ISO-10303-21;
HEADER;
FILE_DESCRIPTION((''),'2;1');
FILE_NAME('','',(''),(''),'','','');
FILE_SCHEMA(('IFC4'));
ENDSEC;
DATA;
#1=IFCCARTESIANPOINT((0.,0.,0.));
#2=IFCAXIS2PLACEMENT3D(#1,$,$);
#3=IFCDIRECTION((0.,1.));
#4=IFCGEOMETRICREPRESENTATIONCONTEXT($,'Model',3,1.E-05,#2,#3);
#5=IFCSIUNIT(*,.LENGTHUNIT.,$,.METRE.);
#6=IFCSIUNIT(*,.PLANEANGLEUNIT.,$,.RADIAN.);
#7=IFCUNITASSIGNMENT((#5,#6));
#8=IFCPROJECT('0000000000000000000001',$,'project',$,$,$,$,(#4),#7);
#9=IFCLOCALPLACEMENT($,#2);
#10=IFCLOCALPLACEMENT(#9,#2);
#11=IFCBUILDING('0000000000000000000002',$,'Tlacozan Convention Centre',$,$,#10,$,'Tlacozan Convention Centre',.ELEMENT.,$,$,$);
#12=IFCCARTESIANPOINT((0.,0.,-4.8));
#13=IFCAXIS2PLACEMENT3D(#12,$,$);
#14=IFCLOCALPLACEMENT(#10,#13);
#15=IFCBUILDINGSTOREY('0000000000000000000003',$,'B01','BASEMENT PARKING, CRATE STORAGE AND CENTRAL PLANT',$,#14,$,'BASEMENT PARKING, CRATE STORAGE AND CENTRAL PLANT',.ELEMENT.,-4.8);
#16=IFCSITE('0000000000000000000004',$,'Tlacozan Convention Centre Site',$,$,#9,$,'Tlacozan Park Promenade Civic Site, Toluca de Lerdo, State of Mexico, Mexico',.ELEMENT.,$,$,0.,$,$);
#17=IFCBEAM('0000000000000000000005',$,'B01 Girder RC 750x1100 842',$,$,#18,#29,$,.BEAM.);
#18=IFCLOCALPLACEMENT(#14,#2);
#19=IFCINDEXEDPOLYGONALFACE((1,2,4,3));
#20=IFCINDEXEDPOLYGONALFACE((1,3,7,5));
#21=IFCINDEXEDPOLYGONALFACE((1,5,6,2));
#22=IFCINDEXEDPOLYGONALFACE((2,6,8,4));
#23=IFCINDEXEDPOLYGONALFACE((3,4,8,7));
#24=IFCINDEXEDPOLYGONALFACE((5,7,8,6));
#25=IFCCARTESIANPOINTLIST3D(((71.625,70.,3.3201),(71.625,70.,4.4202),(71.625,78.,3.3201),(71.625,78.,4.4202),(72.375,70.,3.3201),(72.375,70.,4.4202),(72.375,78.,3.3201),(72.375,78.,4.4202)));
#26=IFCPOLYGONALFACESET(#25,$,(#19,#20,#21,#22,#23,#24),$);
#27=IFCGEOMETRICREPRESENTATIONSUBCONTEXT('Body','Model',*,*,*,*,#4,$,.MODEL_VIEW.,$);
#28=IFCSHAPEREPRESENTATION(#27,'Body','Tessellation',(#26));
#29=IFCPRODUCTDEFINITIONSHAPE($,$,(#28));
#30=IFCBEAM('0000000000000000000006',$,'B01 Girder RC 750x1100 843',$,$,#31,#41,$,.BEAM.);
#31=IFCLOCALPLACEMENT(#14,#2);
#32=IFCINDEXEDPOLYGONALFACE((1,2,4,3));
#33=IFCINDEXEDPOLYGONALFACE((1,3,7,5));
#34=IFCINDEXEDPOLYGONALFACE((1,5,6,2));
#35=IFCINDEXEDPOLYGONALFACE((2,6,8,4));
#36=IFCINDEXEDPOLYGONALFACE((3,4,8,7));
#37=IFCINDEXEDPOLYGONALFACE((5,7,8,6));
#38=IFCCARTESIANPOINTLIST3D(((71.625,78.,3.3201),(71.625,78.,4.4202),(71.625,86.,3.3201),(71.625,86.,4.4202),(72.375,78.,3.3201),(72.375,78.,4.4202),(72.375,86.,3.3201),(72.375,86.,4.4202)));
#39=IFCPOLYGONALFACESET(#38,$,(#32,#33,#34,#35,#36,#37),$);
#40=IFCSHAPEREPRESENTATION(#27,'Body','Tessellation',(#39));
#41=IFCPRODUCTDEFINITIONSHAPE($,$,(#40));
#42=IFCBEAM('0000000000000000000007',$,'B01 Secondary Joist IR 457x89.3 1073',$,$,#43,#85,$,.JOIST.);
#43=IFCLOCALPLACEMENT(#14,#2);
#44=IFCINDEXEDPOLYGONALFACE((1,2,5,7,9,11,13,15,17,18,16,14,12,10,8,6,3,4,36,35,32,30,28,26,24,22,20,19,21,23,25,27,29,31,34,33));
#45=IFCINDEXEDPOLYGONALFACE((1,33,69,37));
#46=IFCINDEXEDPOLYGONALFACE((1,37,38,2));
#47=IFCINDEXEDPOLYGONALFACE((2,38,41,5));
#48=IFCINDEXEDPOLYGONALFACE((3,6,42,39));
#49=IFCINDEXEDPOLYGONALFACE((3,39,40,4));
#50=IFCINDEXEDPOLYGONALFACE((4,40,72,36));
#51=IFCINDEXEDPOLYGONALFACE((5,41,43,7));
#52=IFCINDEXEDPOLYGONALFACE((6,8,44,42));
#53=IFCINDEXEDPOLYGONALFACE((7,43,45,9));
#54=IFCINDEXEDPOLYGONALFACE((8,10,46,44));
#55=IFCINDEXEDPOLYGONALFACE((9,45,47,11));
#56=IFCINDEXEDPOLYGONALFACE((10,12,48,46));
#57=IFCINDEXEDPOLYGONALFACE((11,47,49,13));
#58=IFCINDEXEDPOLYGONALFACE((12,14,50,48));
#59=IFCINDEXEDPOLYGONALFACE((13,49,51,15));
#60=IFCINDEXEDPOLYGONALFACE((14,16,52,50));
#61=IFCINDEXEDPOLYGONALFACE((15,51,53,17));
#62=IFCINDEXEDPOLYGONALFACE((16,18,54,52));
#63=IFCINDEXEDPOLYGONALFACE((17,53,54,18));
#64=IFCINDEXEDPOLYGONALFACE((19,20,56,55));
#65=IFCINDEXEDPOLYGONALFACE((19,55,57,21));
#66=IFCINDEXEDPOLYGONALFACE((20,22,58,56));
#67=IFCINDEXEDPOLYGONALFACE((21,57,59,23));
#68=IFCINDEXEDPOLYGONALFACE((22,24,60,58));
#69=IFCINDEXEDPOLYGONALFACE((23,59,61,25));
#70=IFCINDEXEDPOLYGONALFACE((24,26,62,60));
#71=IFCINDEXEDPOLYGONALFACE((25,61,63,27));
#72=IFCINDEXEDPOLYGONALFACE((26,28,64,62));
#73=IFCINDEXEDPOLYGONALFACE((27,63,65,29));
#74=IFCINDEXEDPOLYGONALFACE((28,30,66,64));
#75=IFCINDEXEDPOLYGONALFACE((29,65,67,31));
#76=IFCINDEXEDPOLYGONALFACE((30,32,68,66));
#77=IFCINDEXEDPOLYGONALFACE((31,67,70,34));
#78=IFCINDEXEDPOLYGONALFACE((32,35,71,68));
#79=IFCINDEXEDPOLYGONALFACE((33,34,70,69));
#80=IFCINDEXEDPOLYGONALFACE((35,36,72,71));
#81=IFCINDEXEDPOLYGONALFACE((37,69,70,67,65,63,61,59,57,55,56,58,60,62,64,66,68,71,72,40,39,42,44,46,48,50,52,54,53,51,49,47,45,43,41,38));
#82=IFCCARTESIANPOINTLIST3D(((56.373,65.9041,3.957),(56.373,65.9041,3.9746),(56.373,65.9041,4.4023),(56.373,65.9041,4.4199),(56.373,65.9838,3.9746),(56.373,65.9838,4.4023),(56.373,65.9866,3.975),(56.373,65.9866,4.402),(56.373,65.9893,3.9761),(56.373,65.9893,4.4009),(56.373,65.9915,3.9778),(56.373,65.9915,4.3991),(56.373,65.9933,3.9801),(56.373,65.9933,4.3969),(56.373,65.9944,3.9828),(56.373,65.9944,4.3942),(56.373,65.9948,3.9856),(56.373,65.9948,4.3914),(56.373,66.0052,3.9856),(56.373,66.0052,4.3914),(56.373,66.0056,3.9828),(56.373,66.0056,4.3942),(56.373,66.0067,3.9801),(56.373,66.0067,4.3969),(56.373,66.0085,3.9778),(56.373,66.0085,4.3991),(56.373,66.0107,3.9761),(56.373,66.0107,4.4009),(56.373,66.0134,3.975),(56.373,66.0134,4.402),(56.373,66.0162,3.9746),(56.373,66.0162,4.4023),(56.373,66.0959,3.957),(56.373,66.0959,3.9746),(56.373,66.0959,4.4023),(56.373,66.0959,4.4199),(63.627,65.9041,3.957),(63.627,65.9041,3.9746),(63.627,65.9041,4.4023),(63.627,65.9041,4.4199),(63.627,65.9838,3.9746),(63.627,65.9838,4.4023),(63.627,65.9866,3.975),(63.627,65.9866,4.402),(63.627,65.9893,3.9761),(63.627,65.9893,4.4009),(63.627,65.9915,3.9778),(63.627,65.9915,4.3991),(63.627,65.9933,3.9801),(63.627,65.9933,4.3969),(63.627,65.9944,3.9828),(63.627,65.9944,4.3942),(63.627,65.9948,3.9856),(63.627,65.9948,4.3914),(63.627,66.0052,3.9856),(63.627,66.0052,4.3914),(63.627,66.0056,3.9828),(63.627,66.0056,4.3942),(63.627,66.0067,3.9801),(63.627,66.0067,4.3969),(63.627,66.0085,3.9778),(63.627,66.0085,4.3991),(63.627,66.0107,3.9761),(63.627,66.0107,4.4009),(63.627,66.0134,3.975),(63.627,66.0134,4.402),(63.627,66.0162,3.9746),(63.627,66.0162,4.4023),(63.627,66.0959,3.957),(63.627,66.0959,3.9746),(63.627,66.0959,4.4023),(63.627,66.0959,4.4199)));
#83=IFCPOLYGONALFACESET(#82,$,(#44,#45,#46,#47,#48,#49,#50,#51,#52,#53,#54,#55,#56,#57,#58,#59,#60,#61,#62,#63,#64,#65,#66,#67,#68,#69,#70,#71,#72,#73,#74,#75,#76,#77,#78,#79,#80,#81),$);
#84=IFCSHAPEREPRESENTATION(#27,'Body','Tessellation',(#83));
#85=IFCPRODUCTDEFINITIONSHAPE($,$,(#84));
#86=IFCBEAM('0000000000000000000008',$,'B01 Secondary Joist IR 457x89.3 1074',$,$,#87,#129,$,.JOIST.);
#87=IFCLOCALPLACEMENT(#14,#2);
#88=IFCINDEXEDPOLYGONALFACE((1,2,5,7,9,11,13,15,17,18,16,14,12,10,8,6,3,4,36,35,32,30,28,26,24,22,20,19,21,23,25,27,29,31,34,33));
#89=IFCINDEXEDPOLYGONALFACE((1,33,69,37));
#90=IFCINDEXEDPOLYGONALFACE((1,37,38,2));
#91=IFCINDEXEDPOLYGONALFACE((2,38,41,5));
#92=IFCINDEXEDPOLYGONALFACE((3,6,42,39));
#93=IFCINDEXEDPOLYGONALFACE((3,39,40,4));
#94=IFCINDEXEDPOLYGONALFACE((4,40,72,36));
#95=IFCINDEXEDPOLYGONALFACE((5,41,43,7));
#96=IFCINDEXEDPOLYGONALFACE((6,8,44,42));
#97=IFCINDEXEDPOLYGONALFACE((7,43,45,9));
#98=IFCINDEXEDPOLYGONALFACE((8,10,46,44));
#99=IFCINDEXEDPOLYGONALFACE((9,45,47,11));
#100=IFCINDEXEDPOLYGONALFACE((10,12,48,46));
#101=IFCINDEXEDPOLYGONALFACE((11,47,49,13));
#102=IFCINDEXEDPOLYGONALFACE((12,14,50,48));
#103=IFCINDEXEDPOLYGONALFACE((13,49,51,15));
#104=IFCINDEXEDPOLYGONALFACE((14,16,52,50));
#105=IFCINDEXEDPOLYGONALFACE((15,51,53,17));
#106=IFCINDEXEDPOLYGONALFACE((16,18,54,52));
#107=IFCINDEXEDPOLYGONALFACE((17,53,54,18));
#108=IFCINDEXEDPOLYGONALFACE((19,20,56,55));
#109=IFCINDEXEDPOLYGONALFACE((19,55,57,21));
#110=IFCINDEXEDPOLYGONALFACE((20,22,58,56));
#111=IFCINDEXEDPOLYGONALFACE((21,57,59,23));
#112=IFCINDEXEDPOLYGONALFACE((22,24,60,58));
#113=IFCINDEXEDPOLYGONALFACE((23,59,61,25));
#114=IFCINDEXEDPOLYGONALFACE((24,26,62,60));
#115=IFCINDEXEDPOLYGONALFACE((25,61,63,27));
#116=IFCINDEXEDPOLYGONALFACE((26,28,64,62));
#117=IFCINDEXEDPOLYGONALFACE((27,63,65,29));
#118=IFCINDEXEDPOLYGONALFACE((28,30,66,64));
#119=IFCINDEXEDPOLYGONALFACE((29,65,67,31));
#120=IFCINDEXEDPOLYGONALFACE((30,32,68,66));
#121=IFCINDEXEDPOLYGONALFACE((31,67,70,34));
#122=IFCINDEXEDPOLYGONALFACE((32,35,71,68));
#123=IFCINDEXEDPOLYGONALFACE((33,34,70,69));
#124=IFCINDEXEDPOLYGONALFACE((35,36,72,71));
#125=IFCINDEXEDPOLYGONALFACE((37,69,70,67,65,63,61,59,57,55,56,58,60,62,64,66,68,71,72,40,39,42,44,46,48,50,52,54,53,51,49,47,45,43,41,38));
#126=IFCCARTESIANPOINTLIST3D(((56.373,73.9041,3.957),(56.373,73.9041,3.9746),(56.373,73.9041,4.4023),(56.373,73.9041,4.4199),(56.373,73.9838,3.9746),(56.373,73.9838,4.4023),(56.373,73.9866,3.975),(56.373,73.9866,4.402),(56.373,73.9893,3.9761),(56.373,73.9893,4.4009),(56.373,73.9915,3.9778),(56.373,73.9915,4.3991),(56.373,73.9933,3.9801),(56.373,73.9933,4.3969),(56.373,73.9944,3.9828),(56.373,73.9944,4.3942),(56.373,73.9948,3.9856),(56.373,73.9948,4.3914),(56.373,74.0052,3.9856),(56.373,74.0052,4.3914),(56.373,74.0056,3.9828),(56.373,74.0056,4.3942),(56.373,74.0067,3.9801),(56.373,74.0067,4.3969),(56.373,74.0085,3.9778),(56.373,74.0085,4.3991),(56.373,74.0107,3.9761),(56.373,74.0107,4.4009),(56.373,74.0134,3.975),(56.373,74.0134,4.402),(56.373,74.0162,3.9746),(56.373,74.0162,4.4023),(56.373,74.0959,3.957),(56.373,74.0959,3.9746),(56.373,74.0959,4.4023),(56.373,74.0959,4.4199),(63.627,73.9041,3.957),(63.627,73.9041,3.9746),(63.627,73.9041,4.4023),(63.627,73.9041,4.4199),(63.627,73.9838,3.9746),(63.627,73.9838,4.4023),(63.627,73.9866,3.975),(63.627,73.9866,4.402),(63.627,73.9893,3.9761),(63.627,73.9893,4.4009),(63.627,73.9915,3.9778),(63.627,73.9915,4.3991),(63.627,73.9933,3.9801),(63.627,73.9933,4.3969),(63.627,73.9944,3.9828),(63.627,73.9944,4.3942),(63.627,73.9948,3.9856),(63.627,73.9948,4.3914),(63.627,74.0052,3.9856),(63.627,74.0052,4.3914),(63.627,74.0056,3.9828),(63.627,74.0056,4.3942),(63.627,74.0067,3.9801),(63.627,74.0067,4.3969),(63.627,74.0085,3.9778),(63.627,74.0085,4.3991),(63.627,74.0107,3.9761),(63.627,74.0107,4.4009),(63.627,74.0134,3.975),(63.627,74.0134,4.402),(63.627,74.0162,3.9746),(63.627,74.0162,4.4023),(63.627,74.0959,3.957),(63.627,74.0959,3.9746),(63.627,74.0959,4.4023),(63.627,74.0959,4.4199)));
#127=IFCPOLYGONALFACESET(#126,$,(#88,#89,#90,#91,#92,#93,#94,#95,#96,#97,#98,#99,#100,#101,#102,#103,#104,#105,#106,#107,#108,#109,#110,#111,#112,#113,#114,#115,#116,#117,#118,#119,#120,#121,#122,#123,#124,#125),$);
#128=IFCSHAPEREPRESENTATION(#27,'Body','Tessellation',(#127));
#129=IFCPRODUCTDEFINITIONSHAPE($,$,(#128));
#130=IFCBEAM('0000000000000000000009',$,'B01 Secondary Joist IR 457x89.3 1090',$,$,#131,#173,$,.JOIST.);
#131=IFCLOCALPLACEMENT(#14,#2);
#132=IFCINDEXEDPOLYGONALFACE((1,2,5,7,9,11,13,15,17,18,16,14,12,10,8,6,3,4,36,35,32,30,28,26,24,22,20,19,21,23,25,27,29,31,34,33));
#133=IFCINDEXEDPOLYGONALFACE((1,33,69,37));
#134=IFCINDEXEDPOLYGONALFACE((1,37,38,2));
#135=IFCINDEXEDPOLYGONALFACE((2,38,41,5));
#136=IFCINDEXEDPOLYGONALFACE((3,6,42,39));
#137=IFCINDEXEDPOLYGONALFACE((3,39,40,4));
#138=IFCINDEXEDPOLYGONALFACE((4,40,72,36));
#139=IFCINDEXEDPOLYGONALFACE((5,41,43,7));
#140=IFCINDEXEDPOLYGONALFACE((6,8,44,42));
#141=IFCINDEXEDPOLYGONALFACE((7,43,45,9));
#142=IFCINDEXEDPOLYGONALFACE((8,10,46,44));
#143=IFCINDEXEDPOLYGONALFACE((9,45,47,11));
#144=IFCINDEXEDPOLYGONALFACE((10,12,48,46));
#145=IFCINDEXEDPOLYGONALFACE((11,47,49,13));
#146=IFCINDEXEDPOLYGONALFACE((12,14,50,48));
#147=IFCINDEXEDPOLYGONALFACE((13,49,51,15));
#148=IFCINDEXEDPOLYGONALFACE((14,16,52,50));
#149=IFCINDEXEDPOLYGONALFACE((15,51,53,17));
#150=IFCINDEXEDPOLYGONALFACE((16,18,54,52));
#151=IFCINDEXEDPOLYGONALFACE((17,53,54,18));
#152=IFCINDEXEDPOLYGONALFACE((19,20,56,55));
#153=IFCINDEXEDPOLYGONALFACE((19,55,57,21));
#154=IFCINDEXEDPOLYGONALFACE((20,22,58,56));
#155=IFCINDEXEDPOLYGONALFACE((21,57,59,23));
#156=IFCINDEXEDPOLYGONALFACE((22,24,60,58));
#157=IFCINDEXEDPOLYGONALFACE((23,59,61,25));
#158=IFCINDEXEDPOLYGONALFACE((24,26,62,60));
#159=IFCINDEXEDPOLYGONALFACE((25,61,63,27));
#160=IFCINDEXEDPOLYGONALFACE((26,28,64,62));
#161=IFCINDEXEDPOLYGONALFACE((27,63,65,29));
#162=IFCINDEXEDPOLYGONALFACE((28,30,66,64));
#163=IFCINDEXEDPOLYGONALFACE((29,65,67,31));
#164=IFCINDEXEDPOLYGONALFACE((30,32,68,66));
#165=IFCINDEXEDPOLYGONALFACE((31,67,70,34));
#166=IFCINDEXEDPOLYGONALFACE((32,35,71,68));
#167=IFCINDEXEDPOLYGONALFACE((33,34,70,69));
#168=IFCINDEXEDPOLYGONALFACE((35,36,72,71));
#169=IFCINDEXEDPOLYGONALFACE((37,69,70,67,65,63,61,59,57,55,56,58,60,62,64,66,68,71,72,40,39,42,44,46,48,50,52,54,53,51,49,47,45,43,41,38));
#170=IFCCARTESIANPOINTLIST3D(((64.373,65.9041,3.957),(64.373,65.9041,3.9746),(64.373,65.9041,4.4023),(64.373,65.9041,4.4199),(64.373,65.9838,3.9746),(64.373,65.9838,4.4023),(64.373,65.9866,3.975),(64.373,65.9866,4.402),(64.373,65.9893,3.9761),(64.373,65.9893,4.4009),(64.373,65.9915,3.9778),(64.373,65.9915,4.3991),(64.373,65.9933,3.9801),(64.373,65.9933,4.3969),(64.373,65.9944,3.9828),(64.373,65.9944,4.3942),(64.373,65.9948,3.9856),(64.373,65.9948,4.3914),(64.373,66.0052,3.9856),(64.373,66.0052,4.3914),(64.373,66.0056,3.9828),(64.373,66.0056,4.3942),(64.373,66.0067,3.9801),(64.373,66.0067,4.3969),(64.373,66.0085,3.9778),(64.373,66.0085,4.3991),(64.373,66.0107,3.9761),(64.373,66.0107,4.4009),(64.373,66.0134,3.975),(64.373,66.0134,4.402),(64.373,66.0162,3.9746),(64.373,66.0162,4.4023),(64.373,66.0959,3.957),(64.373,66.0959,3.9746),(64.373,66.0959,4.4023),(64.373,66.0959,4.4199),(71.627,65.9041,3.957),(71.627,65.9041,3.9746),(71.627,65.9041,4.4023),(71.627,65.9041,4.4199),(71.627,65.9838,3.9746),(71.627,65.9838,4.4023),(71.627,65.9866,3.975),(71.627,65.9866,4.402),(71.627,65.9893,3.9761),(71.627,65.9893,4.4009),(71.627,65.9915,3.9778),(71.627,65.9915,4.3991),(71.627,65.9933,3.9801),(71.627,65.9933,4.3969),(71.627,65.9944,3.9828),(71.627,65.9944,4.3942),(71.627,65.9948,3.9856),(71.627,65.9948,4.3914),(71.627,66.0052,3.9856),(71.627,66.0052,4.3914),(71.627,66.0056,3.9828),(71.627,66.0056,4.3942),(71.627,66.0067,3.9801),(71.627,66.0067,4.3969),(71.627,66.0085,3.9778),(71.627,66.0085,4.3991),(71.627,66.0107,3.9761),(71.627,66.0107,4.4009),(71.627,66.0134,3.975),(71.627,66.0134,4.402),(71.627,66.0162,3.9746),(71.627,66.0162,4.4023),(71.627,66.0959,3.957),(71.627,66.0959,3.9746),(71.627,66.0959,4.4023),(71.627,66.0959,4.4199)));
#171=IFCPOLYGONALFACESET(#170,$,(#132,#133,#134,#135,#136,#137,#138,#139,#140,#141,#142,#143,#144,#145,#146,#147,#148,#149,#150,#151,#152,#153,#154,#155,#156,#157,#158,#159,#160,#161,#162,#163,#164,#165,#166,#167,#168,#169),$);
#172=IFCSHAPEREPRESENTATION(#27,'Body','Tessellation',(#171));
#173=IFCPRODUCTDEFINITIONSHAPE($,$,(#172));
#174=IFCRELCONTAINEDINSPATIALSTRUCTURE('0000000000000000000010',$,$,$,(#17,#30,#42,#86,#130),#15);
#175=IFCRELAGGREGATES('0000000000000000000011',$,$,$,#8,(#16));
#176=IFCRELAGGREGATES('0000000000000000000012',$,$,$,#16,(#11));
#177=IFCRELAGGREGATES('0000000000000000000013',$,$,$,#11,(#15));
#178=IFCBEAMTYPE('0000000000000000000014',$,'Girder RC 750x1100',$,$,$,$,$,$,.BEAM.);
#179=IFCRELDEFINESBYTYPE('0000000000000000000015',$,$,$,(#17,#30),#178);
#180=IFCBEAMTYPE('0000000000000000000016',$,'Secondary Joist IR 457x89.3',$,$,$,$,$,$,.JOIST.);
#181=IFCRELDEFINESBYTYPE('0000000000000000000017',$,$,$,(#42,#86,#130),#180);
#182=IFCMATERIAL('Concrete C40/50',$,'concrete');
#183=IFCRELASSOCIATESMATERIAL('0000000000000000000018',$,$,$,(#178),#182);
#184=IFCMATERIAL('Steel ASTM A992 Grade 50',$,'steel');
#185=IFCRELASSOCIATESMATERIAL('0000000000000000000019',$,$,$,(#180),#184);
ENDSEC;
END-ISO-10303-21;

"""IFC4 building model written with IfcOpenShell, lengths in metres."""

from ifc_helpers import new_model, si_unit, direction, frame, origin, origin_2d, place, context, subcontext, project, spatial, rectangle, i_section, extrude, material, material_profile, profile_set, type_object, element, save


model = new_model("IFC4")

# Units and contexts
model_context = context("Model", 3, precision=1e-05, world=origin(), true_north=direction((0.0, 1.0)))
body_context = subcontext(model_context, "Body", "Model", "MODEL_VIEW")
ifc_project = project(units=[si_unit("LENGTHUNIT", "METRE"), si_unit("PLANEANGLEUNIT", "RADIAN")], contexts=[model_context])

# Site, building, storey
site_placement = place(None, origin())
site = spatial("IfcSite", under=ifc_project, at=site_placement, Name="Tlacozan Convention Centre Site", LongName="Tlacozan Park Promenade Civic Site, Toluca de Lerdo, State of Mexico, Mexico", CompositionType="ELEMENT", RefElevation=0.0)
building_placement = place(site_placement, origin())
building = spatial("IfcBuilding", under=site, at=building_placement, Name="Tlacozan Convention Centre", LongName="Tlacozan Convention Centre", CompositionType="ELEMENT")
storey_placement = place(building_placement, frame((0.0, 0.0, -4.8)))
storey = spatial("IfcBuildingStorey", under=building, at=storey_placement, Name="B01", Description="BASEMENT PARKING, CRATE STORAGE AND CENTRAL PLANT", LongName="BASEMENT PARKING, CRATE STORAGE AND CENTRAL PLANT", CompositionType="ELEMENT", Elevation=-4.8)

# Shared definitions
ifc_material_1 = material(Name="Concrete C40/50", Category="concrete")

# Beams
ifc_material_profile_1 = material_profile(ifc_material_1, rectangle(XDim=0.75, YDim=1.1001, at=origin_2d()), Name="RC 750x1100")
ifc_profile_set_1 = profile_set([ifc_material_profile_1], Name="Concrete C40/50")
beam_type_1 = type_object("IfcBeamType", Name="Girder RC 750x1100", PredefinedType="BEAM", material=ifc_profile_set_1)
for number, where, z_axis, x_axis, name in (
    (1, (72.0, 70.0, 3.8701), (0.0, 1.0, 0.0), (-1.0, 0.0, 0.0), "B01 Girder RC 750x1100 842"),
    (2, (72.0, 78.0, 3.8701), (0.0, 1.0, 0.0), (-1.0, 0.0, 0.0), "B01 Girder RC 750x1100 843"),
):
    element("IfcBeam", number, at=place(storey_placement, frame(where, z_axis=z_axis, x_axis=x_axis)), inside=storey, type_object=beam_type_1, Name=name, PredefinedType="BEAM", context=body_context, shape_type="SweptSolid", body=[
        extrude(rectangle(XDim=0.75, YDim=1.1001, at=origin_2d()), origin(), (0.0, 0.0, 1.0), 8.0),
    ])
ifc_material_2 = material(Name="Steel ASTM A992 Grade 50", Category="steel")
ifc_material_profile_2 = material_profile(ifc_material_2, i_section(OverallWidth=0.1919, OverallDepth=0.4629, WebThickness=0.0105, FlangeThickness=0.0176, FilletRadius=0.011, at=origin_2d()), Name="IR 457x89.3")
ifc_profile_set_2 = profile_set([ifc_material_profile_2], Name="Steel ASTM A992 Grade 50")
beam_type_2 = type_object("IfcBeamType", Name="Secondary Joist IR 457x89.3", PredefinedType="JOIST", material=ifc_profile_set_2)
for number, where, z_axis, x_axis, name in (
    (3, (56.373, 66.0, 4.1885), (1.0, 0.0, 0.0), (0.0, 1.0, 0.0), "B01 Secondary Joist IR 457x89.3 1073"),
    (4, (56.373, 74.0, 4.1885), (1.0, 0.0, 0.0), (0.0, 1.0, 0.0), "B01 Secondary Joist IR 457x89.3 1074"),
    (5, (64.373, 66.0, 4.1885), (1.0, 0.0, 0.0), (0.0, 1.0, 0.0), "B01 Secondary Joist IR 457x89.3 1090"),
):
    element("IfcBeam", number, at=place(storey_placement, frame(where, z_axis=z_axis, x_axis=x_axis)), inside=storey, type_object=beam_type_2, Name=name, PredefinedType="JOIST", context=body_context, shape_type="SweptSolid", body=[
        extrude(i_section(OverallWidth=0.1919, OverallDepth=0.4629, WebThickness=0.0105, FlangeThickness=0.0176, FilletRadius=0.011, at=origin_2d()), origin(), (0.0, 0.0, 1.0), 7.2539),
    ])

save(model, "model.ifc")
